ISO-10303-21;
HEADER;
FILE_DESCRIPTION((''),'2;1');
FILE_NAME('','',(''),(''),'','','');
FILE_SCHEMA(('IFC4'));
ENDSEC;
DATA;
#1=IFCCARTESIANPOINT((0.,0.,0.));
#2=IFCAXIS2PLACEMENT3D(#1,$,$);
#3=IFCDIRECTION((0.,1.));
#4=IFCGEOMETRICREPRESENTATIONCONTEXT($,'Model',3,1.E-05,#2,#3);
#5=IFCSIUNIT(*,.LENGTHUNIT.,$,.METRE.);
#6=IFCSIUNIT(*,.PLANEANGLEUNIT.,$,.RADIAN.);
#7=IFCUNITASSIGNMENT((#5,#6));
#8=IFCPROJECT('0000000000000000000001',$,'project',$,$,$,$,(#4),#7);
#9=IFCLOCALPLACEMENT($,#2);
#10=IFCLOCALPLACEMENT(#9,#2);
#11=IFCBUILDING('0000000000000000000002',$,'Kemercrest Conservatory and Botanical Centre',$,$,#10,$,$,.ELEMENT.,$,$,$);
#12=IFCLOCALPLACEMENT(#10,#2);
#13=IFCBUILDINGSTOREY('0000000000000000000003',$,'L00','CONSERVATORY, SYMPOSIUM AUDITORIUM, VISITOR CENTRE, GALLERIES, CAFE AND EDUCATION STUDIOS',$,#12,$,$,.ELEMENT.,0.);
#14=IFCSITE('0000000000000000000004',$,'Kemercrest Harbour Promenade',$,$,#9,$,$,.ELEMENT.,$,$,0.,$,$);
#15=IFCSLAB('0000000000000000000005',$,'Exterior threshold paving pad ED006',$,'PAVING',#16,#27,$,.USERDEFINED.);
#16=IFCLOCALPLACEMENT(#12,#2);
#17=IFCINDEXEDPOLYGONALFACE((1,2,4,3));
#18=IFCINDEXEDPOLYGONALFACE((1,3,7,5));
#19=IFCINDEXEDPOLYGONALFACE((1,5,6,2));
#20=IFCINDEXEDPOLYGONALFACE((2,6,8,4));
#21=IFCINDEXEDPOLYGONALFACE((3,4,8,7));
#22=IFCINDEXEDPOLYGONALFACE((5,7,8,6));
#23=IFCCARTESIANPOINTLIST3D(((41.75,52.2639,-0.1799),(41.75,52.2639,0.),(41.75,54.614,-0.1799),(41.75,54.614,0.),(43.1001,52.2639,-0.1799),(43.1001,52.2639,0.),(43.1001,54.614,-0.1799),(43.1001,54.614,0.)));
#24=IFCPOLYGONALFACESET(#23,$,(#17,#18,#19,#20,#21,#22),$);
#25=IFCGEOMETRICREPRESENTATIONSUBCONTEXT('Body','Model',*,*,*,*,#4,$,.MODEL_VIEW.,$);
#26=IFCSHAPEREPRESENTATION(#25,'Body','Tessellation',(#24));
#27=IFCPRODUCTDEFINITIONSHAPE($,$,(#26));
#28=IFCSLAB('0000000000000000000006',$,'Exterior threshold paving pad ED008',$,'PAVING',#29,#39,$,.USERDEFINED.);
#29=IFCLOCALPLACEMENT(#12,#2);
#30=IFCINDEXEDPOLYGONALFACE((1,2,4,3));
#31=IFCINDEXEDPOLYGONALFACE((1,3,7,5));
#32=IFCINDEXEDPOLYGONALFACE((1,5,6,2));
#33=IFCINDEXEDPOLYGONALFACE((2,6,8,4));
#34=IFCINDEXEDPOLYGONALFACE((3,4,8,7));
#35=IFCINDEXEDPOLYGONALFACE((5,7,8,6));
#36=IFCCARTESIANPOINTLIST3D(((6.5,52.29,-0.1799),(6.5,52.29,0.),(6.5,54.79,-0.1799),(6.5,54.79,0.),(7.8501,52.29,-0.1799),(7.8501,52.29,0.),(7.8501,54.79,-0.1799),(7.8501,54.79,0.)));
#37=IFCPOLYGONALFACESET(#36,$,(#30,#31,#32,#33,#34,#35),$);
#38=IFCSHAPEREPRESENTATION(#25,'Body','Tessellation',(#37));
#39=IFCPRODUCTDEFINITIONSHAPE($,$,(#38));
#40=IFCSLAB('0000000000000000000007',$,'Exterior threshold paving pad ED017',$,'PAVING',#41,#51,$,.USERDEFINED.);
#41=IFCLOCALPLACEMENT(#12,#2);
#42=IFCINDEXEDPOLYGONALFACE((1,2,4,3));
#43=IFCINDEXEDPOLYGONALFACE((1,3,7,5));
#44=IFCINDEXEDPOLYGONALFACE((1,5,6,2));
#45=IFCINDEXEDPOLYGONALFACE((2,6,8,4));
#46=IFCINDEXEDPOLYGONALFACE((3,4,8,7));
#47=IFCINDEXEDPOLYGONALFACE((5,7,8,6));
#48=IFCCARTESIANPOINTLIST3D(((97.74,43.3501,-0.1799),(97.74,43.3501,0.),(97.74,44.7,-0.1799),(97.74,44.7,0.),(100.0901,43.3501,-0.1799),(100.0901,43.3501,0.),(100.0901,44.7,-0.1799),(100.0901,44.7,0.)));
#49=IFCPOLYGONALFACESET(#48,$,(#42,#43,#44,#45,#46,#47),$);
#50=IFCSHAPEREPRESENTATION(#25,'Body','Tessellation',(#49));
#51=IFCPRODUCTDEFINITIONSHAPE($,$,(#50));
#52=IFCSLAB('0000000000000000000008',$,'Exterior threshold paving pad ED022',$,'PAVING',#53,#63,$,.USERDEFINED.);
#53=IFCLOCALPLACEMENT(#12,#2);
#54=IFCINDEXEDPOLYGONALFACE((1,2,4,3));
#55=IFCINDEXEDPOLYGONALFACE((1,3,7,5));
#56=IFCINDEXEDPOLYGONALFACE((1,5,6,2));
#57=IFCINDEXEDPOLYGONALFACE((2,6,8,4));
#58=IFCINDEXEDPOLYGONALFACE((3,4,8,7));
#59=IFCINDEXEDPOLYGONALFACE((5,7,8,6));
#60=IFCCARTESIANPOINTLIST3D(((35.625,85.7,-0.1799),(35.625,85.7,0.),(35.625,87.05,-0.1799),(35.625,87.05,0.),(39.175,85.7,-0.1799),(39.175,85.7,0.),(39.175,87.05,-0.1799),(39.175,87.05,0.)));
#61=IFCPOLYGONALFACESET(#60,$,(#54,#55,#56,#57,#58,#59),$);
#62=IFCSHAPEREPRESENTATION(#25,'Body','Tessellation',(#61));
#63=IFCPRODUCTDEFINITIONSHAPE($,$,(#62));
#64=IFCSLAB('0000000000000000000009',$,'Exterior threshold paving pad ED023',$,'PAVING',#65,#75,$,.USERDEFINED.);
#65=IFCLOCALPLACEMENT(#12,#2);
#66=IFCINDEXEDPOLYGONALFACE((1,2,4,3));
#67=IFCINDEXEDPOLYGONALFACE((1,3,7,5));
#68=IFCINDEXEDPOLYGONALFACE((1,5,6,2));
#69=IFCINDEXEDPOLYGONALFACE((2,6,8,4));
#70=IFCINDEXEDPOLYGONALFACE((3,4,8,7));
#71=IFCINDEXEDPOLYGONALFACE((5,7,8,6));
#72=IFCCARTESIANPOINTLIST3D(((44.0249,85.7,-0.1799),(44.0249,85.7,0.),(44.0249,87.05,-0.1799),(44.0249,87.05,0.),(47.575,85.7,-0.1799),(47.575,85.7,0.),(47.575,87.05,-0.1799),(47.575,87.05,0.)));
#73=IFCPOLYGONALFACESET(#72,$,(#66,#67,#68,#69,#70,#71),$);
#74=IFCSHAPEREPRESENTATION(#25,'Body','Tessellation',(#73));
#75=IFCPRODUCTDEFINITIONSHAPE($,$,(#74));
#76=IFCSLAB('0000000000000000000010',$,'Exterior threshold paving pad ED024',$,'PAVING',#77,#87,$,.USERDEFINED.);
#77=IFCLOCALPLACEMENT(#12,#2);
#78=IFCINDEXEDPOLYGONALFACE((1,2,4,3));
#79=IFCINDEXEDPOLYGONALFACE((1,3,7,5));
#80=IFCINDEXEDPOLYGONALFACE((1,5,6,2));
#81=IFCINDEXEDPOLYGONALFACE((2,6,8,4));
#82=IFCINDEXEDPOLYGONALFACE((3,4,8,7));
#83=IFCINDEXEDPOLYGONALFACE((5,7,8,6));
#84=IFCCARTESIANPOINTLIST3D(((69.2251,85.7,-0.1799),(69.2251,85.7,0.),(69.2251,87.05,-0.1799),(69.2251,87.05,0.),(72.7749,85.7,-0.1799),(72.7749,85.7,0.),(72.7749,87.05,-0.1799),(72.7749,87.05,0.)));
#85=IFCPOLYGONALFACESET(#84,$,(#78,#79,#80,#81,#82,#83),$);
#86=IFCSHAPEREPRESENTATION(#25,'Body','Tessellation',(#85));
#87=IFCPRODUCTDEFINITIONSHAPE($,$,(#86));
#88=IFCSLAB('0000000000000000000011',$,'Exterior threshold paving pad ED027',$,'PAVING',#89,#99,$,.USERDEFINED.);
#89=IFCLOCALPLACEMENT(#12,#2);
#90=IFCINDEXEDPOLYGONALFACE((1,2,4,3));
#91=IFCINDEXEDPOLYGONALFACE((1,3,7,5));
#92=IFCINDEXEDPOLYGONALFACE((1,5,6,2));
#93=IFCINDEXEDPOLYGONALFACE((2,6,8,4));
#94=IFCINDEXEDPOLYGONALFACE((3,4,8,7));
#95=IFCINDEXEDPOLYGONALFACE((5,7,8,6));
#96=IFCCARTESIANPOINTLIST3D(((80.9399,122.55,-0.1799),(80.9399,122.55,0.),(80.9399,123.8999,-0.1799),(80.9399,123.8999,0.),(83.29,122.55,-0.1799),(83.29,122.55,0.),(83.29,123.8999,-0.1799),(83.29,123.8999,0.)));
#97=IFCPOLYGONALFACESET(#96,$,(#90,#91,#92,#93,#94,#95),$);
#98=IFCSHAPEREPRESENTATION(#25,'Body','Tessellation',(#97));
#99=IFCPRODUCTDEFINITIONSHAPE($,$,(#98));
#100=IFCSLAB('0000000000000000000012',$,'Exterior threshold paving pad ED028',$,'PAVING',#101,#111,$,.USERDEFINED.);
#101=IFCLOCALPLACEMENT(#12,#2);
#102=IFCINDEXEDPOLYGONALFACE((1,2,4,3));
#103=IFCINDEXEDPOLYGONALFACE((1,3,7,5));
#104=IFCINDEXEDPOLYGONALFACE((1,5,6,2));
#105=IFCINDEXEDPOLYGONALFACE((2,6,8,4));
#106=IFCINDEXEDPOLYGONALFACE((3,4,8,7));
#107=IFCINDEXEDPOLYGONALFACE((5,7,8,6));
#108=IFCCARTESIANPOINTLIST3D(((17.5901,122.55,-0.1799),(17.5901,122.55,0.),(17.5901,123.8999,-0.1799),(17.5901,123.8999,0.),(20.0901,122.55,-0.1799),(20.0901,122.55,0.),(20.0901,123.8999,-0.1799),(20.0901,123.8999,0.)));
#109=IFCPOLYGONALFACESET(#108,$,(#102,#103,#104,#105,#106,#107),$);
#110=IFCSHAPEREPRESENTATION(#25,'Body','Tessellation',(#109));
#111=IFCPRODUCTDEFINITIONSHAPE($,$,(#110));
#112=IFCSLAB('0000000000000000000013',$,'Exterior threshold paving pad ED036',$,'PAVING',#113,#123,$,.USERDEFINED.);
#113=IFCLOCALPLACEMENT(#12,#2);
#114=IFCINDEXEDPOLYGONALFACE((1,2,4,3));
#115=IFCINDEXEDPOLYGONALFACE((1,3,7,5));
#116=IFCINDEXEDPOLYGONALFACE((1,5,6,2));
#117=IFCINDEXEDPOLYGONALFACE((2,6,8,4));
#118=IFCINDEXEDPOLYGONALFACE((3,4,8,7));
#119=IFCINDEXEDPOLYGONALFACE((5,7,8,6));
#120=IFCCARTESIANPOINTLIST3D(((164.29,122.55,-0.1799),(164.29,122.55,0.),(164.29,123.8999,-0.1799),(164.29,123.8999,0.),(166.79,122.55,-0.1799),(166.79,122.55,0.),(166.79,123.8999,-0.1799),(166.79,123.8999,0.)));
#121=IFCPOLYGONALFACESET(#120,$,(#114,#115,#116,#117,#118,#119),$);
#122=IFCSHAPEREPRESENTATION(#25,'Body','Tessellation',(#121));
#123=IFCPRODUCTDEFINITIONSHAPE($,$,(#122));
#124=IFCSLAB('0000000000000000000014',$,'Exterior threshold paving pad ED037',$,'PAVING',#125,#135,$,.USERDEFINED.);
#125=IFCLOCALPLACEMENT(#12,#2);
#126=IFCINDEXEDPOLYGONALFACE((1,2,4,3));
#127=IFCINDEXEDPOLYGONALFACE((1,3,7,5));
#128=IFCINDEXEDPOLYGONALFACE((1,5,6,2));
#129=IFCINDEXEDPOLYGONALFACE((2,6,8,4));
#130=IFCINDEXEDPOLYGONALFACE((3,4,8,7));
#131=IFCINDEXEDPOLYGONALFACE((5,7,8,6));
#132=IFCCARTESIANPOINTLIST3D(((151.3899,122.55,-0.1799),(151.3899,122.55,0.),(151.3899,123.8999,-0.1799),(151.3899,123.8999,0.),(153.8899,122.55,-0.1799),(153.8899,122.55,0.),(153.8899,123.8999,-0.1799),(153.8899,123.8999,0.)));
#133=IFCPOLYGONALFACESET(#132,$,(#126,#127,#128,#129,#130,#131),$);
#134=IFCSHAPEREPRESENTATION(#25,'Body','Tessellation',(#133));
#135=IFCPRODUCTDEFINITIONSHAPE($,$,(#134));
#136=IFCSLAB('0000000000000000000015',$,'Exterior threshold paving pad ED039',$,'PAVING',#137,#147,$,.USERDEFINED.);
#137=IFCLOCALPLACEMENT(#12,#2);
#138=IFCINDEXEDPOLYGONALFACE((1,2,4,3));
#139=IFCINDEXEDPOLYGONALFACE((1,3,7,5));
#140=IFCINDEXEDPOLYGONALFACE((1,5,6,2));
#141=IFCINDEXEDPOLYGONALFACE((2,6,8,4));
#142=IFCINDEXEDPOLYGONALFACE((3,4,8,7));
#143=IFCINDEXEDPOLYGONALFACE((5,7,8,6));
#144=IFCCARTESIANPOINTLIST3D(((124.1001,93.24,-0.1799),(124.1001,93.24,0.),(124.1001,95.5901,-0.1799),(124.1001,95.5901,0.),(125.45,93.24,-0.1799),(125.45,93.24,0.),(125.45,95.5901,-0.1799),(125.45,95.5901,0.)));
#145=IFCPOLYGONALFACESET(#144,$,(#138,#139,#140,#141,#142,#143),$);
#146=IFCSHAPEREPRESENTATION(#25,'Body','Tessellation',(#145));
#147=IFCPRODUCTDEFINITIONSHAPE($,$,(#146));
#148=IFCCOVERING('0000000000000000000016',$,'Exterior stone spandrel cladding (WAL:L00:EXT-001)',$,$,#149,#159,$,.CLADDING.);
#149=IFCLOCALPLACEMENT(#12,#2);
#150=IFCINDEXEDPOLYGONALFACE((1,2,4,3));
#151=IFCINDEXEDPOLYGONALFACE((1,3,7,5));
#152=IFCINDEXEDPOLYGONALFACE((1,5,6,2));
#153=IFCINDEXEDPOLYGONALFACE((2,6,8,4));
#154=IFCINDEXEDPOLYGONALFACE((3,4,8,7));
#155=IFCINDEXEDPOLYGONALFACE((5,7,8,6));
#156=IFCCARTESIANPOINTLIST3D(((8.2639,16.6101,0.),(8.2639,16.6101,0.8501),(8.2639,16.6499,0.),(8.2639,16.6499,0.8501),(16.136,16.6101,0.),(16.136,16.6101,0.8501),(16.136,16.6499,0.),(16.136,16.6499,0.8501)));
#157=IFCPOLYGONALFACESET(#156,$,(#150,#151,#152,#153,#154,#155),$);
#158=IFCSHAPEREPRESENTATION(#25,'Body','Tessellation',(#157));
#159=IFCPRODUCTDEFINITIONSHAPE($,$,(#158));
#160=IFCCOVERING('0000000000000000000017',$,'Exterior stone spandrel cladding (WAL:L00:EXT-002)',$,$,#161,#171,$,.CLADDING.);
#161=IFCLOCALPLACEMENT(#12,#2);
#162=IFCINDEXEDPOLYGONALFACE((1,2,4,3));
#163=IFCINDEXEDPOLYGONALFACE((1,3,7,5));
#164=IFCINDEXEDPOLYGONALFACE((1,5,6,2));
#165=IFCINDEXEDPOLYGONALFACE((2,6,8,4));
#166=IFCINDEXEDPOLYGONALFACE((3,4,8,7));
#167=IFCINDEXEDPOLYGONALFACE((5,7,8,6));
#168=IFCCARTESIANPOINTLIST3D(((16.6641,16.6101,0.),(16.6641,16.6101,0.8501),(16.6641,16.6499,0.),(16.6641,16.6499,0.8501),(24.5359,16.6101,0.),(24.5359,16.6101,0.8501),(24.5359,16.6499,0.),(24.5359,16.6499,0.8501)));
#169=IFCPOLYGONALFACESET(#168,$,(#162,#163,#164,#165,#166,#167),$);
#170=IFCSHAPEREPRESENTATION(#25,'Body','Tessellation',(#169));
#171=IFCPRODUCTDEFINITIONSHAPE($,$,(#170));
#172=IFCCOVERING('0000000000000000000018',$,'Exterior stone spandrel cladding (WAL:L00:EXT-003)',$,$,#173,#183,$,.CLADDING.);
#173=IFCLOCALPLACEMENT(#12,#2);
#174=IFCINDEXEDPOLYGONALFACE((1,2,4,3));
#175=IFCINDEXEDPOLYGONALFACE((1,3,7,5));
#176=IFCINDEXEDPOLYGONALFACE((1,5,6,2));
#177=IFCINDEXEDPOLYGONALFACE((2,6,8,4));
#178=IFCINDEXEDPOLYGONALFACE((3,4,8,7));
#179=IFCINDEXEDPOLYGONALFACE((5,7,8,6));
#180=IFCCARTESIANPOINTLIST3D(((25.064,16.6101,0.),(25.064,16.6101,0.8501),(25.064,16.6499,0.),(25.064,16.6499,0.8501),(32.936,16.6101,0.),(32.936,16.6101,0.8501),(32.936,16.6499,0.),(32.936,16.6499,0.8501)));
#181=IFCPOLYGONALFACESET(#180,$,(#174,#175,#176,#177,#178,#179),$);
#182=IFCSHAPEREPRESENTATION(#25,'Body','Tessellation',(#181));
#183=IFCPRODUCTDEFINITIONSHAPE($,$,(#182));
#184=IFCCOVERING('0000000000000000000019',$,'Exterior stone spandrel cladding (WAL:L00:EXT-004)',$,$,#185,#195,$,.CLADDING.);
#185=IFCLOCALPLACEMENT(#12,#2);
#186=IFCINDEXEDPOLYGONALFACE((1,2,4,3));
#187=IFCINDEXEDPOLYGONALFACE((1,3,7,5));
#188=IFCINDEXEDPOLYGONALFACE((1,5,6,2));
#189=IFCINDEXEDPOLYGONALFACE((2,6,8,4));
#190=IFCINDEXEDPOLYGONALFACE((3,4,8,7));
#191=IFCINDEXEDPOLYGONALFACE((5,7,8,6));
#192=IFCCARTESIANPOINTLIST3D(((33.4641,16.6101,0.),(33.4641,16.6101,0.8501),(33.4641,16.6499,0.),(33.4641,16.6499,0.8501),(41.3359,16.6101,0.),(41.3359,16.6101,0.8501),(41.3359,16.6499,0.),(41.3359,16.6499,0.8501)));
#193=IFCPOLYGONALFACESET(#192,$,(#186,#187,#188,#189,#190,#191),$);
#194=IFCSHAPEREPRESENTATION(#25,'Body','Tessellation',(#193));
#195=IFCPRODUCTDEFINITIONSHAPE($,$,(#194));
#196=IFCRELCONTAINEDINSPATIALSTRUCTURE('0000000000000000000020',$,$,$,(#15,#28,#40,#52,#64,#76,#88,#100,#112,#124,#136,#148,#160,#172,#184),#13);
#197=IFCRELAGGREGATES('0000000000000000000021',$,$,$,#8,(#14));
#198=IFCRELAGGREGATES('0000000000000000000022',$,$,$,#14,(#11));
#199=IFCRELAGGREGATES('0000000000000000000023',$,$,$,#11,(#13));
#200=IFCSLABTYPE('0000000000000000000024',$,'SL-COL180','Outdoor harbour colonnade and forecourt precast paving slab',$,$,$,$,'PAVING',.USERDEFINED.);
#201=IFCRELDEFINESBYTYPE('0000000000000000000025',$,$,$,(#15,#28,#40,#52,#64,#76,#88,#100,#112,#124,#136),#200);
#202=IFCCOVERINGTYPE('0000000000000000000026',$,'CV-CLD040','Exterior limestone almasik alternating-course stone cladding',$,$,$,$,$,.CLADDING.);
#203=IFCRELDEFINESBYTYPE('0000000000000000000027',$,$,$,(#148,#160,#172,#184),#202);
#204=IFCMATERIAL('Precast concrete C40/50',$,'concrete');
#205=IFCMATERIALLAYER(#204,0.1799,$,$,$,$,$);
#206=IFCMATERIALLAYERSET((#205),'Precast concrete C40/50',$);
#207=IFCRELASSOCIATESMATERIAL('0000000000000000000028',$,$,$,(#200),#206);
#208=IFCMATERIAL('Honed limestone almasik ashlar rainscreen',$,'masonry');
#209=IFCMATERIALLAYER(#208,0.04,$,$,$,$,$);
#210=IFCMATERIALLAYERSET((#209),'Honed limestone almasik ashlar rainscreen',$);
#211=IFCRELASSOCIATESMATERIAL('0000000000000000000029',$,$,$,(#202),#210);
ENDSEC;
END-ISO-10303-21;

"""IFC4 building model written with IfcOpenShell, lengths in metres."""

from ifc_helpers import new_model, si_unit, direction, frame, origin, place, context, subcontext, project, spatial, polyline, outline, extrude, material, layer, layer_set, type_object, element, save


model = new_model("IFC4")

# Units and contexts
model_context = context("Model", 3, precision=1e-05, world=origin(), true_north=direction((0.0, 1.0)))
body_context = subcontext(model_context, "Body", "Model", "MODEL_VIEW")
ifc_project = project(units=[si_unit("LENGTHUNIT", "METRE"), si_unit("PLANEANGLEUNIT", "RADIAN")], contexts=[model_context])

# Site, building, storey
site_placement = place(None, origin())
site = spatial("IfcSite", under=ifc_project, at=site_placement, Name="Kemercrest Harbour Promenade", CompositionType="ELEMENT", RefElevation=0.0)
building_placement = place(site_placement, origin())
building = spatial("IfcBuilding", under=site, at=building_placement, Name="Kemercrest Conservatory and Botanical Centre", CompositionType="ELEMENT")
storey_placement = place(building_placement, origin())
storey = spatial("IfcBuildingStorey", under=building, at=storey_placement, Name="L00", Description="CONSERVATORY, SYMPOSIUM AUDITORIUM, VISITOR CENTRE, GALLERIES, CAFE AND EDUCATION STUDIOS", CompositionType="ELEMENT", Elevation=0.0)

# Slabs
ifc_material_1 = material(Name="Precast concrete C40/50", Category="concrete")
ifc_layer_1 = layer(ifc_material_1, 0.1799)
ifc_layer_set_1 = layer_set([ifc_layer_1], Name="Precast concrete C40/50")
slab_type = type_object("IfcSlabType", Name="SL-COL180", Description="Outdoor harbour colonnade and forecourt precast paving slab", ElementType="PAVING", PredefinedType="USERDEFINED", material=ifc_layer_set_1)
slab_1_placement = place(storey_placement, frame((0.0, 0.0, -0.1799)))
element("IfcSlab", 1, at=slab_1_placement, inside=storey, type_object=slab_type, Name="Exterior threshold paving pad ED006", ObjectType="PAVING", PredefinedType="USERDEFINED", context=body_context, shape_type="SweptSolid", body=[
    extrude(outline(polyline([(41.75, 52.2639), (41.75, 54.614), (43.1001, 54.614), (43.1001, 52.2639), (41.75, 52.2639)])), origin(), (0.0, 0.0, 1.0), 0.1799),
])
slab_2_placement = place(storey_placement, frame((0.0, 0.0, -0.1799)))
element("IfcSlab", 2, at=slab_2_placement, inside=storey, type_object=slab_type, Name="Exterior threshold paving pad ED008", ObjectType="PAVING", PredefinedType="USERDEFINED", context=body_context, shape_type="SweptSolid", body=[
    extrude(outline(polyline([(7.8501, 54.79), (7.8501, 52.29), (6.5, 52.29), (6.5, 54.79), (7.8501, 54.79)])), origin(), (0.0, 0.0, 1.0), 0.1799),
])
slab_3_placement = place(storey_placement, frame((0.0, 0.0, -0.1799)))
element("IfcSlab", 3, at=slab_3_placement, inside=storey, type_object=slab_type, Name="Exterior threshold paving pad ED017", ObjectType="PAVING", PredefinedType="USERDEFINED", context=body_context, shape_type="SweptSolid", body=[
    extrude(outline(polyline([(100.0901, 43.3501), (97.74, 43.3501), (97.74, 44.7), (100.0901, 44.7), (100.0901, 43.3501)])), origin(), (0.0, 0.0, 1.0), 0.1799),
])
slab_4_placement = place(storey_placement, frame((0.0, 0.0, -0.1799)))
element("IfcSlab", 4, at=slab_4_placement, inside=storey, type_object=slab_type, Name="Exterior threshold paving pad ED022", ObjectType="PAVING", PredefinedType="USERDEFINED", context=body_context, shape_type="SweptSolid", body=[
    extrude(outline(polyline([(35.625, 87.05), (39.175, 87.05), (39.175, 85.7), (35.625, 85.7), (35.625, 87.05)])), origin(), (0.0, 0.0, 1.0), 0.1799),
])
slab_5_placement = place(storey_placement, frame((0.0, 0.0, -0.1799)))
element("IfcSlab", 5, at=slab_5_placement, inside=storey, type_object=slab_type, Name="Exterior threshold paving pad ED023", ObjectType="PAVING", PredefinedType="USERDEFINED", context=body_context, shape_type="SweptSolid", body=[
    extrude(outline(polyline([(44.0249, 87.05), (47.575, 87.05), (47.575, 85.7), (44.0249, 85.7), (44.0249, 87.05)])), origin(), (0.0, 0.0, 1.0), 0.1799),
])
slab_6_placement = place(storey_placement, frame((0.0, 0.0, -0.1799)))
element("IfcSlab", 6, at=slab_6_placement, inside=storey, type_object=slab_type, Name="Exterior threshold paving pad ED024", ObjectType="PAVING", PredefinedType="USERDEFINED", context=body_context, shape_type="SweptSolid", body=[
    extrude(outline(polyline([(69.2251, 87.05), (72.7749, 87.05), (72.7749, 85.7), (69.2251, 85.7), (69.2251, 87.05)])), origin(), (0.0, 0.0, 1.0), 0.1799),
])
slab_7_placement = place(storey_placement, frame((0.0, 0.0, -0.1799)))
element("IfcSlab", 7, at=slab_7_placement, inside=storey, type_object=slab_type, Name="Exterior threshold paving pad ED027", ObjectType="PAVING", PredefinedType="USERDEFINED", context=body_context, shape_type="SweptSolid", body=[
    extrude(outline(polyline([(83.29, 122.55), (80.9399, 122.55), (80.9399, 123.8999), (83.29, 123.8999), (83.29, 122.55)])), origin(), (0.0, 0.0, 1.0), 0.1799),
])
slab_8_placement = place(storey_placement, frame((0.0, 0.0, -0.1799)))
element("IfcSlab", 8, at=slab_8_placement, inside=storey, type_object=slab_type, Name="Exterior threshold paving pad ED028", ObjectType="PAVING", PredefinedType="USERDEFINED", context=body_context, shape_type="SweptSolid", body=[
    extrude(outline(polyline([(20.0901, 122.55), (17.5901, 122.55), (17.5901, 123.8999), (20.0901, 123.8999), (20.0901, 122.55)])), origin(), (0.0, 0.0, 1.0), 0.1799),
])
slab_9_placement = place(storey_placement, frame((0.0, 0.0, -0.1799)))
element("IfcSlab", 9, at=slab_9_placement, inside=storey, type_object=slab_type, Name="Exterior threshold paving pad ED036", ObjectType="PAVING", PredefinedType="USERDEFINED", context=body_context, shape_type="SweptSolid", body=[
    extrude(outline(polyline([(166.79, 122.55), (164.29, 122.55), (164.29, 123.8999), (166.79, 123.8999), (166.79, 122.55)])), origin(), (0.0, 0.0, 1.0), 0.1799),
])
slab_10_placement = place(storey_placement, frame((0.0, 0.0, -0.1799)))
element("IfcSlab", 10, at=slab_10_placement, inside=storey, type_object=slab_type, Name="Exterior threshold paving pad ED037", ObjectType="PAVING", PredefinedType="USERDEFINED", context=body_context, shape_type="SweptSolid", body=[
    extrude(outline(polyline([(153.8899, 122.55), (151.3899, 122.55), (151.3899, 123.8999), (153.8899, 123.8999), (153.8899, 122.55)])), origin(), (0.0, 0.0, 1.0), 0.1799),
])
slab_11_placement = place(storey_placement, frame((0.0, 0.0, -0.1799)))
element("IfcSlab", 11, at=slab_11_placement, inside=storey, type_object=slab_type, Name="Exterior threshold paving pad ED039", ObjectType="PAVING", PredefinedType="USERDEFINED", context=body_context, shape_type="SweptSolid", body=[
    extrude(outline(polyline([(125.45, 95.5901), (125.45, 93.24), (124.1001, 93.24), (124.1001, 95.5901), (125.45, 95.5901)])), origin(), (0.0, 0.0, 1.0), 0.1799),
])

# Coverings
ifc_material_2 = material(Name="Honed limestone almasik ashlar rainscreen", Category="masonry")
ifc_layer_2 = layer(ifc_material_2, 0.04)
ifc_layer_set_2 = layer_set([ifc_layer_2], Name="Honed limestone almasik ashlar rainscreen")
covering_type = type_object("IfcCoveringType", Name="CV-CLD040", Description="Exterior limestone almasik alternating-course stone cladding", PredefinedType="CLADDING", material=ifc_layer_set_2)
covering_1_placement = place(storey_placement, origin())
element("IfcCovering", 12, at=covering_1_placement, inside=storey, type_object=covering_type, Name="Exterior stone spandrel cladding (WAL:L00:EXT-001)", PredefinedType="CLADDING", context=body_context, shape_type="SweptSolid", body=[
    extrude(outline(polyline([(8.2639, 16.6499), (8.2639, 16.6101), (16.136, 16.6101), (16.136, 16.6499), (8.2639, 16.6499)])), origin(), (0.0, 0.0, 1.0), 0.8501),
])
covering_2_placement = place(storey_placement, origin())
element("IfcCovering", 13, at=covering_2_placement, inside=storey, type_object=covering_type, Name="Exterior stone spandrel cladding (WAL:L00:EXT-002)", PredefinedType="CLADDING", context=body_context, shape_type="SweptSolid", body=[
    extrude(outline(polyline([(16.6641, 16.6499), (16.6641, 16.6101), (24.5359, 16.6101), (24.5359, 16.6499), (16.6641, 16.6499)])), origin(), (0.0, 0.0, 1.0), 0.8501),
])
covering_3_placement = place(storey_placement, origin())
element("IfcCovering", 14, at=covering_3_placement, inside=storey, type_object=covering_type, Name="Exterior stone spandrel cladding (WAL:L00:EXT-003)", PredefinedType="CLADDING", context=body_context, shape_type="SweptSolid", body=[
    extrude(outline(polyline([(25.064, 16.6499), (25.064, 16.6101), (32.936, 16.6101), (32.936, 16.6499), (25.064, 16.6499)])), origin(), (0.0, 0.0, 1.0), 0.8501),
])
covering_4_placement = place(storey_placement, origin())
element("IfcCovering", 15, at=covering_4_placement, inside=storey, type_object=covering_type, Name="Exterior stone spandrel cladding (WAL:L00:EXT-004)", PredefinedType="CLADDING", context=body_context, shape_type="SweptSolid", body=[
    extrude(outline(polyline([(33.4641, 16.6499), (33.4641, 16.6101), (41.3359, 16.6101), (41.3359, 16.6499), (33.4641, 16.6499)])), origin(), (0.0, 0.0, 1.0), 0.8501),
])

save(model, "model.ifc")
